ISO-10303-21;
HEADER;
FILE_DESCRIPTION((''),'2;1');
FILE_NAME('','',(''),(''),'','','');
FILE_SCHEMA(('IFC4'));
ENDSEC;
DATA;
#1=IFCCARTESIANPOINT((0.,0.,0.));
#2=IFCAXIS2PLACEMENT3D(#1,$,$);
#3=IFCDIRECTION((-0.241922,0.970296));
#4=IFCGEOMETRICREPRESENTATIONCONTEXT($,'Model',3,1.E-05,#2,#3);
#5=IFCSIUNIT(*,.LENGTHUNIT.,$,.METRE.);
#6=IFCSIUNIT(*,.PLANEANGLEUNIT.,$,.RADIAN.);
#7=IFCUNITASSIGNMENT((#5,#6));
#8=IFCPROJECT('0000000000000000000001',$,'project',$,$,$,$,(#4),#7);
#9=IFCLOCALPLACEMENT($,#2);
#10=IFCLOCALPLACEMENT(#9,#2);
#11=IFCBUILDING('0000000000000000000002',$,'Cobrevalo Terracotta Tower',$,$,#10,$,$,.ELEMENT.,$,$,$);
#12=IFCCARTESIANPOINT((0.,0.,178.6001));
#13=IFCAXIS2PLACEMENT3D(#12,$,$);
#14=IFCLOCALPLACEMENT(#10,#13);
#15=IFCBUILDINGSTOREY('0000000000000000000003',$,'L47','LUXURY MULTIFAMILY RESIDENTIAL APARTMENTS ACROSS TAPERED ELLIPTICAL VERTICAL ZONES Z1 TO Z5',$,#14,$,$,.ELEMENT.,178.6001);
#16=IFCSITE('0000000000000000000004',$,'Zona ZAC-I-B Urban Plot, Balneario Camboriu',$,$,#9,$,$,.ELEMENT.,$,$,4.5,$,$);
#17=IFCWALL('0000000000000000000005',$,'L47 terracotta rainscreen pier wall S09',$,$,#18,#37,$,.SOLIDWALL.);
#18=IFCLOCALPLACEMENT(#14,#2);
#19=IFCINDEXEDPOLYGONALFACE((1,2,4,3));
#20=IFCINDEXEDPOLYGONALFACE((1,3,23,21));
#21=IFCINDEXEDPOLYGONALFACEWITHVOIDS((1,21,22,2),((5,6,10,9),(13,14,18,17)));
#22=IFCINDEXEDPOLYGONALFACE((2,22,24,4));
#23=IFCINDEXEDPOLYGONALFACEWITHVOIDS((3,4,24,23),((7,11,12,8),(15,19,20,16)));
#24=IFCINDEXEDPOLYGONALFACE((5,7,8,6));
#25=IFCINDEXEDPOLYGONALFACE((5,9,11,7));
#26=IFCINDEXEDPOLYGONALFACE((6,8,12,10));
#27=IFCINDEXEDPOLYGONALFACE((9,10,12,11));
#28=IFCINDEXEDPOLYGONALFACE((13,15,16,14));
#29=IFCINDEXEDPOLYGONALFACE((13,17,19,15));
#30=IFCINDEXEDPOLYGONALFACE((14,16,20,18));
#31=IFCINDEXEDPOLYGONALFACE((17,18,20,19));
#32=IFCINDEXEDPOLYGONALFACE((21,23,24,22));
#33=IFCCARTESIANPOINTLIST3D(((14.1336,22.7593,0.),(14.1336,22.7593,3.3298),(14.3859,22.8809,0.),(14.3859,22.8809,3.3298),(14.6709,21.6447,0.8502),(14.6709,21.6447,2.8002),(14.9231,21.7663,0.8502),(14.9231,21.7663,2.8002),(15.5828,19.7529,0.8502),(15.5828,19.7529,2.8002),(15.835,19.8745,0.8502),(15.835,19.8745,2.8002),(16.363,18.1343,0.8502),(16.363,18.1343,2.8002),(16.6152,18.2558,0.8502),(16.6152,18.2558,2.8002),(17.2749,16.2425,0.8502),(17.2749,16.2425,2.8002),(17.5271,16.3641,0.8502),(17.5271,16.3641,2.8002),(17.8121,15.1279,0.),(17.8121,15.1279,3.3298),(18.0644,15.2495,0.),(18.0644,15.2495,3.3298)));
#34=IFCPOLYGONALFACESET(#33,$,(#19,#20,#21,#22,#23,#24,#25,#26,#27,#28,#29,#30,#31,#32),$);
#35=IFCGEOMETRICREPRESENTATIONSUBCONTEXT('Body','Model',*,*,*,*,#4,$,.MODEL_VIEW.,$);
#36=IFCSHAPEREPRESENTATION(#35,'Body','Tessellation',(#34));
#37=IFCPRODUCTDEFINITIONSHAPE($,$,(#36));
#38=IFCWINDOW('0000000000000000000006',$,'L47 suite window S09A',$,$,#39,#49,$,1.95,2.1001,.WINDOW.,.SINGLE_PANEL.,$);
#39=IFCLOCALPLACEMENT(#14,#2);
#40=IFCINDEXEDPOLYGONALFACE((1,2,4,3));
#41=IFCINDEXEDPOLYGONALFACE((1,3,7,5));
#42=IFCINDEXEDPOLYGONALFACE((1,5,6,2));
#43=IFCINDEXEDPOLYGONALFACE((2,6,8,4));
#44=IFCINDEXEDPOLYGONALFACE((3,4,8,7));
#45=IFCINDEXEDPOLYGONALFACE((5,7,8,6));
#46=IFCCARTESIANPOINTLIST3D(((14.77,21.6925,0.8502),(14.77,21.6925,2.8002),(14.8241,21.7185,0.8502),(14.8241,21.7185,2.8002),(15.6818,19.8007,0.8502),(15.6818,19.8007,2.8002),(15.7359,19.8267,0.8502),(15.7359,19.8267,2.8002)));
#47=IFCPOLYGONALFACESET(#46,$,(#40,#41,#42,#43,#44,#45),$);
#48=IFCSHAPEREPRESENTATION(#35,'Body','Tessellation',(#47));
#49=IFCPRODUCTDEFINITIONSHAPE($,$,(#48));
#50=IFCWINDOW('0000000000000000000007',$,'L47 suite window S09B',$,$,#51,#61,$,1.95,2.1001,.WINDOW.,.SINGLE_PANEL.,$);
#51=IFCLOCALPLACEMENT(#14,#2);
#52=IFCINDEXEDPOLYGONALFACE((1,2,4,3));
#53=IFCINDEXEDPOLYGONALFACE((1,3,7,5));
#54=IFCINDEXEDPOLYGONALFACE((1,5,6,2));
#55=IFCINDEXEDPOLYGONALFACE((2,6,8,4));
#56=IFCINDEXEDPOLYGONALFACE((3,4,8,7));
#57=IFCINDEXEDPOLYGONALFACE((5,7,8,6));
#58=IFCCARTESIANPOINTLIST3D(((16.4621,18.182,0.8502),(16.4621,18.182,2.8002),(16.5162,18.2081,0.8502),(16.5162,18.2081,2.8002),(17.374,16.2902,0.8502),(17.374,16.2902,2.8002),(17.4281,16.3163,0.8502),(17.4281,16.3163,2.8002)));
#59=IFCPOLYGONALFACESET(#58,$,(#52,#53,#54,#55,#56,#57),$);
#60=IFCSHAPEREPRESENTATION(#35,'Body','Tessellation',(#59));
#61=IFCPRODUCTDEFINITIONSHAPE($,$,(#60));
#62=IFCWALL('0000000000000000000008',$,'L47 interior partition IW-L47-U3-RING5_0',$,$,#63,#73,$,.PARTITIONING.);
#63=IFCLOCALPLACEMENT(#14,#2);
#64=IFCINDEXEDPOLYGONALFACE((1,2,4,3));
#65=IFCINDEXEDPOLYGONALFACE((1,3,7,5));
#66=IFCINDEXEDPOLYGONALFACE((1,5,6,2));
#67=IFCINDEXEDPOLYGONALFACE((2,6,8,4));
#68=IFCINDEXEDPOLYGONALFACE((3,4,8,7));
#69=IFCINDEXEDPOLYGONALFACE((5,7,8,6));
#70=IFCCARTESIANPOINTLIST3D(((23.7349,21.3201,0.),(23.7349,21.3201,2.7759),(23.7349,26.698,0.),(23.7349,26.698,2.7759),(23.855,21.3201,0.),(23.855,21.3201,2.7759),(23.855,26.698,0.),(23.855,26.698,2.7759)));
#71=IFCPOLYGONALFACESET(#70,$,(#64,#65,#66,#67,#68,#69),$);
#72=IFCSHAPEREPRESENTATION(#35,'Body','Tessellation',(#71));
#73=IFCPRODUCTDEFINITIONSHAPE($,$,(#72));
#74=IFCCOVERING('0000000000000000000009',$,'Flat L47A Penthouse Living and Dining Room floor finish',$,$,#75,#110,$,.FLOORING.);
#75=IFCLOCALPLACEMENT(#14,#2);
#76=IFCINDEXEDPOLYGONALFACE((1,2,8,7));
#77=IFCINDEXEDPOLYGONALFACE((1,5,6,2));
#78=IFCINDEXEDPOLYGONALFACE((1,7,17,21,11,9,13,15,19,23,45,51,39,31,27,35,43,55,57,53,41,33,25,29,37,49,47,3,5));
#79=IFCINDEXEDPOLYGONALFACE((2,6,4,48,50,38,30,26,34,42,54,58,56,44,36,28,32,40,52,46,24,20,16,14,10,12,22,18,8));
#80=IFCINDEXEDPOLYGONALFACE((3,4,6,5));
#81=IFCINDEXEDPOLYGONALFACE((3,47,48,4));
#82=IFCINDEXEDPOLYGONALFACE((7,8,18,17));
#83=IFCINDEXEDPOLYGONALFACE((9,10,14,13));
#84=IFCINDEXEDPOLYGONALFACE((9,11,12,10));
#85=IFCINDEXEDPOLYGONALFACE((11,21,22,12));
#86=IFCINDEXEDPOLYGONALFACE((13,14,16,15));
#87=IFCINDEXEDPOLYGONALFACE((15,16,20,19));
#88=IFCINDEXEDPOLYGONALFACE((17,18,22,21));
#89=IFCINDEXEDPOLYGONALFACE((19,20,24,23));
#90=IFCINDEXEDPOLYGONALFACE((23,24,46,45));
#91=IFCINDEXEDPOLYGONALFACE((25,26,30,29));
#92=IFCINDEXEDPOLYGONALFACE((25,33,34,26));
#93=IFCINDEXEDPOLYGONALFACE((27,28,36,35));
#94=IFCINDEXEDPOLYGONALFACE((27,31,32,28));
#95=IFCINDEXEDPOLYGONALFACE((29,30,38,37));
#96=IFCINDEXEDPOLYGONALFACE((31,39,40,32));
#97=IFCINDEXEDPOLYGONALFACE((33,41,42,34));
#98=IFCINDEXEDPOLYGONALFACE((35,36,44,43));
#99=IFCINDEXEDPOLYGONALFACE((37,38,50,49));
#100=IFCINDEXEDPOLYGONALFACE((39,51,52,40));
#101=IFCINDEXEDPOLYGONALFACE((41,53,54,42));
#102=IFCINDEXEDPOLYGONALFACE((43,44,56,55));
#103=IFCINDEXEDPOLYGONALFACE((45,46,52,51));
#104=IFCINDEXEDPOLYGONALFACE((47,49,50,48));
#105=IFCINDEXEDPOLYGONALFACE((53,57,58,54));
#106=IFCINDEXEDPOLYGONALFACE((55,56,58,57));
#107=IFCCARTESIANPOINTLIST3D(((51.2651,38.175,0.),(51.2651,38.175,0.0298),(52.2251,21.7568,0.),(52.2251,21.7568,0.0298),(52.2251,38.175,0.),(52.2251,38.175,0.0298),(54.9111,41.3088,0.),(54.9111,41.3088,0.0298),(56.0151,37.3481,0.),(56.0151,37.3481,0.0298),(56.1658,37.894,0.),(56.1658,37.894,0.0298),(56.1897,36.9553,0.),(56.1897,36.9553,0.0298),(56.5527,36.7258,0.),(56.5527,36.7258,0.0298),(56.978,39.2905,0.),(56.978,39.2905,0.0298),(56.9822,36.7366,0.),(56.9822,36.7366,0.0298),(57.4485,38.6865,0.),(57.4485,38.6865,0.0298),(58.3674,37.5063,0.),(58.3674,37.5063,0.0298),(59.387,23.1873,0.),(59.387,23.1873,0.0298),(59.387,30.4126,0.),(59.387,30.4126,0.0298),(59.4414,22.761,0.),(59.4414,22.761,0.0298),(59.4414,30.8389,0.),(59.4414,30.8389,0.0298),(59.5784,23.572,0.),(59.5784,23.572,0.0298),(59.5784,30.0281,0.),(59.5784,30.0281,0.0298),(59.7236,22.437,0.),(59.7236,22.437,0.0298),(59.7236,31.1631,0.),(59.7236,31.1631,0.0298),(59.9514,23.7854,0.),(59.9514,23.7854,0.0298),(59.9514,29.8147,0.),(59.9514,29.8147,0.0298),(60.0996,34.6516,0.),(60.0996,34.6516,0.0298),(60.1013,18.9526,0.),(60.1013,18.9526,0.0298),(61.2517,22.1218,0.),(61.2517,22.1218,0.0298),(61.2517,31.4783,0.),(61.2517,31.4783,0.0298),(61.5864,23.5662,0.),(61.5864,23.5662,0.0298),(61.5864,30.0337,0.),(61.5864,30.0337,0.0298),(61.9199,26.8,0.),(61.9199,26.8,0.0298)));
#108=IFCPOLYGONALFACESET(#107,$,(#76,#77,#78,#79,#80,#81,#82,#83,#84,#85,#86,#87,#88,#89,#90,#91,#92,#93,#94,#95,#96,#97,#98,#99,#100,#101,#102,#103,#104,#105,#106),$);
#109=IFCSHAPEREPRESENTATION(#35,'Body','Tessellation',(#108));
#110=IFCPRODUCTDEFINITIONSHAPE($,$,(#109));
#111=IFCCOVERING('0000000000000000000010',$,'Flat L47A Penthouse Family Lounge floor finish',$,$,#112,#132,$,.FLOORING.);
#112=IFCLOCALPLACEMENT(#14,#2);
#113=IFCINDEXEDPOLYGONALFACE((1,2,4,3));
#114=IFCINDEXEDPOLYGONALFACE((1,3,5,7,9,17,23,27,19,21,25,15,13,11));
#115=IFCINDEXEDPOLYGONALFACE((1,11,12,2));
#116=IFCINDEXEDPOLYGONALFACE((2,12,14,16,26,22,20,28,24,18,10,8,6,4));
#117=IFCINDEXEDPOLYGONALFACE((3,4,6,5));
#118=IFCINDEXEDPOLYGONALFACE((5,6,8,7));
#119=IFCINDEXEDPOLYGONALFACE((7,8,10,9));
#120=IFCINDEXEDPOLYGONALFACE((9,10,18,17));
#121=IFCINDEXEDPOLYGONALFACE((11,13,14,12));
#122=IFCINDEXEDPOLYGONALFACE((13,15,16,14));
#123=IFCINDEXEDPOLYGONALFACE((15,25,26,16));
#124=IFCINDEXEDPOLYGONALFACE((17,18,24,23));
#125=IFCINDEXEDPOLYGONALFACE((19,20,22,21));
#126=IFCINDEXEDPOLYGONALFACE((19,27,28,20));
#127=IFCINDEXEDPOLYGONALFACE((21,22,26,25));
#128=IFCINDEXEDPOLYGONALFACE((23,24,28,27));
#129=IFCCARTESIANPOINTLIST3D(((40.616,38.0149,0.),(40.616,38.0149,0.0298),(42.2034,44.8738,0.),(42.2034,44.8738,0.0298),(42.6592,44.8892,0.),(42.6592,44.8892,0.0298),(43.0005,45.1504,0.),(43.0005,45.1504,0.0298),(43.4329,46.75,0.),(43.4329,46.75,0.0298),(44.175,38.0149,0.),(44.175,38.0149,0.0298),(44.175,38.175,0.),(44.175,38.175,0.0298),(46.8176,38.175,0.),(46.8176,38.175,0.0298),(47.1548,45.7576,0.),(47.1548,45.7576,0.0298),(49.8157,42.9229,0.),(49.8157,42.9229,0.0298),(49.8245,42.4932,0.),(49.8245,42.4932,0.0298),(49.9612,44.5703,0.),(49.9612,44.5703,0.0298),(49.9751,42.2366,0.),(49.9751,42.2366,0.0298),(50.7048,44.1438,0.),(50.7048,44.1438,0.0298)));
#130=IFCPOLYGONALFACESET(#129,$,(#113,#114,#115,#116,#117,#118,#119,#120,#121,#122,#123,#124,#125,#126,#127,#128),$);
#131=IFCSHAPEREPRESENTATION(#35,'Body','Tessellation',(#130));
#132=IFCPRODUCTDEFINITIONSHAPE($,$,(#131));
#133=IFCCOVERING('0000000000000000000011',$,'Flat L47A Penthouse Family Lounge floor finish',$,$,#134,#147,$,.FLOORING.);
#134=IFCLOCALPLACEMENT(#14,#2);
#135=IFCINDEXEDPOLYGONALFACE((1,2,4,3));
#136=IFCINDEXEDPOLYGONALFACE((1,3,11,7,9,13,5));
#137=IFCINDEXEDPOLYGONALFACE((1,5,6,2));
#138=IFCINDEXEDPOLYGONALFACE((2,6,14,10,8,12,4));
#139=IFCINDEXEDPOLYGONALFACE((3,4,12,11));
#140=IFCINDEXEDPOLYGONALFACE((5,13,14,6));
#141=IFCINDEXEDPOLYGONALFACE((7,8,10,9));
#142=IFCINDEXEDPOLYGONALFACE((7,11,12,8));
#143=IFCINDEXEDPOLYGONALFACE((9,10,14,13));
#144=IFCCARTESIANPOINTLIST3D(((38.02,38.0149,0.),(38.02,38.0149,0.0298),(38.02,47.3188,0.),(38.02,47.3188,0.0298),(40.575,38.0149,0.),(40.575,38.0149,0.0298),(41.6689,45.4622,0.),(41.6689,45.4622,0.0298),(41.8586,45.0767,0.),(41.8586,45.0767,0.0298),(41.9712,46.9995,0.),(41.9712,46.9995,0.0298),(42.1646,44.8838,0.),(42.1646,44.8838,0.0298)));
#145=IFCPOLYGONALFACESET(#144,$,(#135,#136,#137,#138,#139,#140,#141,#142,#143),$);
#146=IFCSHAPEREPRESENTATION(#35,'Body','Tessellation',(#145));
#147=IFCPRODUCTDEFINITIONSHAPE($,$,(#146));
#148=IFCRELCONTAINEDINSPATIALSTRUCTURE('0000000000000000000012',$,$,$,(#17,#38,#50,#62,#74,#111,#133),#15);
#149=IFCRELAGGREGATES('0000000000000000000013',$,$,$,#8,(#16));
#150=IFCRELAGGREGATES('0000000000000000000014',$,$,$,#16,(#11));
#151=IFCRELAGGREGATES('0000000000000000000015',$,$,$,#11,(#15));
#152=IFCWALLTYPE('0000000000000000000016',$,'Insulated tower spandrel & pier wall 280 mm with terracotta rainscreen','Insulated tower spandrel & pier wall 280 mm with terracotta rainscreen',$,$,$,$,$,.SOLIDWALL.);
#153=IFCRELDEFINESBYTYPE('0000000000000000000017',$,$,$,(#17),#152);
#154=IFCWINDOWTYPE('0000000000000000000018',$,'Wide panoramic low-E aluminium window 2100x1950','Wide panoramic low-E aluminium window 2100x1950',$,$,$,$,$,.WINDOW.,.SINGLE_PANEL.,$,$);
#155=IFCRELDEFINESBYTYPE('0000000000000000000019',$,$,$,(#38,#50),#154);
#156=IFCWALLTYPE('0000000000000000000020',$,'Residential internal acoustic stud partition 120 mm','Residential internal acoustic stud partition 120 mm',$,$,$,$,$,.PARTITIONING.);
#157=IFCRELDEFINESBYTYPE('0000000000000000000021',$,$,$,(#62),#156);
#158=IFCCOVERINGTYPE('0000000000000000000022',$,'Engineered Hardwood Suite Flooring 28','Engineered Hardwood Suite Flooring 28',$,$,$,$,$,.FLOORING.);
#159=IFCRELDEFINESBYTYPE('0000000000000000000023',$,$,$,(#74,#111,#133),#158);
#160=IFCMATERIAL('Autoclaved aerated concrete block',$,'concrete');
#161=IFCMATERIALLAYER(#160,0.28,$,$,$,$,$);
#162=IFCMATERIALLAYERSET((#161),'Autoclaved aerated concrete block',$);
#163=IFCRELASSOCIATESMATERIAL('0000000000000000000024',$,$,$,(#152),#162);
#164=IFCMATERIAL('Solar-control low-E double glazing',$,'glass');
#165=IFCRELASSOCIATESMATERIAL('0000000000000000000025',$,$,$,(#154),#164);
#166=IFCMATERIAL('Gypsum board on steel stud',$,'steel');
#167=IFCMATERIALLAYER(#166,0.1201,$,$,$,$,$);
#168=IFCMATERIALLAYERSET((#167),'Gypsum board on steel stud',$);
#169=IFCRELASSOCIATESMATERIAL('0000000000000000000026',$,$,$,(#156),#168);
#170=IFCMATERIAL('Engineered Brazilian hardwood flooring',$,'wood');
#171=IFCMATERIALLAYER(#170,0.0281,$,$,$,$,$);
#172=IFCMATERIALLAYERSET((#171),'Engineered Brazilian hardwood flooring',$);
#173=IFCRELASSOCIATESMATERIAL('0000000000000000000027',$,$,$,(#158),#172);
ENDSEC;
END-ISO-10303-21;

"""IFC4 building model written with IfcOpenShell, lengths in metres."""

from ifc_helpers import new_model, si_unit, direction, frame, frame_2d, origin, place, context, subcontext, project, spatial, polyline, rectangle, outline, extrude, source, transform, mapped, material, layer, layer_set, type_object, element, fill, save


model = new_model("IFC4")

# Units and contexts
model_context = context("Model", 3, precision=1e-05, world=origin(), true_north=direction((-0.241922, 0.970296)))
body_context = subcontext(model_context, "Body", "Model", "MODEL_VIEW")
ifc_project = project(units=[si_unit("LENGTHUNIT", "METRE"), si_unit("PLANEANGLEUNIT", "RADIAN")], contexts=[model_context])

# Site, building, storey
site_placement = place(None, origin())
site = spatial("IfcSite", under=ifc_project, at=site_placement, Name="Zona ZAC-I-B Urban Plot, Balneario Camboriu", CompositionType="ELEMENT", RefElevation=4.5)
building_placement = place(site_placement, origin())
building = spatial("IfcBuilding", under=site, at=building_placement, Name="Cobrevalo Terracotta Tower", CompositionType="ELEMENT")
storey_placement = place(building_placement, frame((0.0, 0.0, 178.6001)))
storey = spatial("IfcBuildingStorey", under=building, at=storey_placement, Name="L47", Description="LUXURY MULTIFAMILY RESIDENTIAL APARTMENTS ACROSS TAPERED ELLIPTICAL VERTICAL ZONES Z1 TO Z5", CompositionType="ELEMENT", Elevation=178.6001)

# Shared definitions
ifc_material_1 = material(Name="Solar-control low-E double glazing", Category="glass")

# Wall, openings, windows
ifc_material_2 = material(Name="Autoclaved aerated concrete block", Category="concrete")
ifc_layer_1 = layer(ifc_material_2, 0.28)
ifc_layer_set_1 = layer_set([ifc_layer_1], Name="Autoclaved aerated concrete block")
wall_type_1 = type_object("IfcWallType", Name="Insulated tower spandrel & pier wall 280 mm with terracotta rainscreen", Description="Insulated tower spandrel & pier wall 280 mm with terracotta rainscreen", PredefinedType="SOLIDWALL", material=ifc_layer_set_1)
wall_1_placement = place(storey_placement, frame((14.2598, 22.8201, 0.0), z_axis=(0.0, 0.0, 1.0), x_axis=(0.43421, -0.900812, 0.0)))
wall_1 = element("IfcWall", 1, at=wall_1_placement, inside=storey, type_object=wall_type_1, Name="L47 terracotta rainscreen pier wall S09", PredefinedType="SOLIDWALL", context=body_context, shape_type="SweptSolid", body=[
    extrude(rectangle(XDim=8.4717, YDim=0.28, at=frame_2d((4.2358, 0.0))), origin(), (0.0, 0.0, 1.0), 3.3298),
])
opening_1_placement = place(wall_1_placement, frame((1.2373, 0.0, 0.8501)))
opening_1 = element("IfcOpeningElement", 2, at=opening_1_placement, cuts=wall_1, PredefinedType="OPENING", context=body_context, shape_type="SweptSolid", body=[
    extrude(rectangle(XDim=2.1001, YDim=1.95, at=frame_2d((1.05, 0.9751))), frame((0.0, 0.1499, 0.0), z_axis=(0.0, -1.0, 0.0), x_axis=(1.0, 0.0, 0.0)), (0.0, 0.0, 1.0), 0.3),
])
opening_2_placement = place(wall_1_placement, frame((5.1343, 0.0, 0.8501)))
opening_2 = element("IfcOpeningElement", 3, at=opening_2_placement, cuts=wall_1, PredefinedType="OPENING", context=body_context, shape_type="SweptSolid", body=[
    extrude(rectangle(XDim=2.1001, YDim=1.95, at=frame_2d((1.05, 0.9751))), frame((0.0, 0.1499, 0.0), z_axis=(0.0, -1.0, 0.0), x_axis=(1.0, 0.0, 0.0)), (0.0, 0.0, 1.0), 0.3),
])
window_type = type_object("IfcWindowType", Name="Wide panoramic low-E aluminium window 2100x1950", Description="Wide panoramic low-E aluminium window 2100x1950", PartitioningType="SINGLE_PANEL", PredefinedType="WINDOW", material=ifc_material_1)
shared_shape_1 = source(origin(), body_context, "Body", "SweptSolid", [
    extrude(rectangle(XDim=2.1001, YDim=1.95, at=frame_2d((1.05, 0.9751))), frame((0.0, 0.03, 0.0), z_axis=(0.0, -1.0, 0.0), x_axis=(1.0, 0.0, 0.0)), (0.0, 0.0, 1.0), 0.0601),
])
window_1_placement = place(opening_1_placement, origin())
window_1 = element("IfcWindow", 4, at=window_1_placement, inside=storey, type_object=window_type, Name="L47 suite window S09A", OverallHeight=1.95, OverallWidth=2.1001, PartitioningType="SINGLE_PANEL", PredefinedType="WINDOW", context=body_context, shape_type="MappedRepresentation", body=[
    mapped(shared_shape_1, transform((0.0, 0.0, 0.0), scale=1.0)),
])
fill(opening_1, window_1)
window_2_placement = place(opening_2_placement, origin())
window_2 = element("IfcWindow", 5, at=window_2_placement, inside=storey, type_object=window_type, Name="L47 suite window S09B", OverallHeight=1.95, OverallWidth=2.1001, PartitioningType="SINGLE_PANEL", PredefinedType="WINDOW", context=body_context, shape_type="MappedRepresentation", body=[
    mapped(shared_shape_1, transform((0.0, 0.0, 0.0), scale=1.0)),
])
fill(opening_2, window_2)

# Wall
ifc_material_3 = material(Name="Gypsum board on steel stud", Category="steel")
ifc_layer_2 = layer(ifc_material_3, 0.1201)
ifc_layer_set_2 = layer_set([ifc_layer_2], Name="Gypsum board on steel stud")
wall_type_2 = type_object("IfcWallType", Name="Residential internal acoustic stud partition 120 mm", Description="Residential internal acoustic stud partition 120 mm", PredefinedType="PARTITIONING", material=ifc_layer_set_2)
wall_2_placement = place(storey_placement, frame((23.7949, 21.3201, 0.0), z_axis=(0.0, 0.0, 1.0), x_axis=(0.0, 1.0, 0.0)))
element("IfcWall", 6, at=wall_2_placement, inside=storey, type_object=wall_type_2, Name="L47 interior partition IW-L47-U3-RING5_0", PredefinedType="PARTITIONING", context=body_context, shape_type="SweptSolid", body=[
    extrude(rectangle(XDim=5.3779, YDim=0.1201, at=frame_2d((2.689, 0.0))), origin(), (0.0, 0.0, 1.0), 2.7759),
])

# Coverings
ifc_material_4 = material(Name="Engineered Brazilian hardwood flooring", Category="wood")
ifc_layer_3 = layer(ifc_material_4, 0.0281)
ifc_layer_set_3 = layer_set([ifc_layer_3], Name="Engineered Brazilian hardwood flooring")
covering_type_1 = type_object("IfcCoveringType", Name="Engineered Hardwood Suite Flooring 28", Description="Engineered Hardwood Suite Flooring 28", PredefinedType="FLOORING", material=ifc_layer_set_3)
covering_1_placement = place(storey_placement, origin())
element("IfcCovering", 7, at=covering_1_placement, inside=storey, type_object=covering_type_1, Name="Flat L47A Penthouse Living and Dining Room floor finish", PredefinedType="FLOORING", context=body_context, shape_type="SweptSolid", body=[
    extrude(outline(polyline([(51.2651, 38.175), (54.9111, 41.3088), (56.978, 39.2905), (57.4485, 38.6865), (56.1658, 37.894), (56.0151, 37.3481), (56.1897, 36.9553), (56.5527, 36.7258), (56.9822, 36.7366), (58.3674, 37.5063), (60.0996, 34.6516), (61.2517, 31.4783), (59.7236, 31.1631), (59.4414, 30.8389), (59.387, 30.4126), (59.5784, 30.0281), (59.9514, 29.8147), (61.5864, 30.0337), (61.9199, 26.8), (61.5864, 23.5662), (59.9514, 23.7854), (59.5784, 23.572), (59.387, 23.1873), (59.4414, 22.761), (59.7236, 22.437), (61.2517, 22.1218), (60.1013, 18.9526), (52.2251, 21.7568), (52.2251, 38.175), (51.2651, 38.175)])), origin(), (0.0, 0.0, 1.0), 0.0298),
])
covering_2_placement = place(storey_placement, origin())
element("IfcCovering", 8, at=covering_2_placement, inside=storey, type_object=covering_type_1, Name="Flat L47A Penthouse Family Lounge floor finish", PredefinedType="FLOORING", context=body_context, shape_type="SweptSolid", body=[
    extrude(outline(polyline([(44.175, 38.0149), (40.616, 38.0149), (42.2034, 44.8738), (42.6592, 44.8892), (43.0005, 45.1504), (43.4329, 46.75), (47.1548, 45.7576), (49.9612, 44.5703), (50.7048, 44.1438), (49.8157, 42.9229), (49.8245, 42.4932), (49.9751, 42.2366), (46.8176, 38.175), (44.175, 38.175), (44.175, 38.0149)])), origin(), (0.0, 0.0, 1.0), 0.0298),
])
covering_3_placement = place(storey_placement, origin())
element("IfcCovering", 9, at=covering_3_placement, inside=storey, type_object=covering_type_1, Name="Flat L47A Penthouse Family Lounge floor finish", PredefinedType="FLOORING", context=body_context, shape_type="SweptSolid", body=[
    extrude(outline(polyline([(38.02, 47.3188), (41.9712, 46.9995), (41.6689, 45.4622), (41.8586, 45.0767), (42.1646, 44.8838), (40.575, 38.0149), (38.02, 38.0149), (38.02, 47.3188)])), origin(), (0.0, 0.0, 1.0), 0.0298),
])

save(model, "model.ifc")
